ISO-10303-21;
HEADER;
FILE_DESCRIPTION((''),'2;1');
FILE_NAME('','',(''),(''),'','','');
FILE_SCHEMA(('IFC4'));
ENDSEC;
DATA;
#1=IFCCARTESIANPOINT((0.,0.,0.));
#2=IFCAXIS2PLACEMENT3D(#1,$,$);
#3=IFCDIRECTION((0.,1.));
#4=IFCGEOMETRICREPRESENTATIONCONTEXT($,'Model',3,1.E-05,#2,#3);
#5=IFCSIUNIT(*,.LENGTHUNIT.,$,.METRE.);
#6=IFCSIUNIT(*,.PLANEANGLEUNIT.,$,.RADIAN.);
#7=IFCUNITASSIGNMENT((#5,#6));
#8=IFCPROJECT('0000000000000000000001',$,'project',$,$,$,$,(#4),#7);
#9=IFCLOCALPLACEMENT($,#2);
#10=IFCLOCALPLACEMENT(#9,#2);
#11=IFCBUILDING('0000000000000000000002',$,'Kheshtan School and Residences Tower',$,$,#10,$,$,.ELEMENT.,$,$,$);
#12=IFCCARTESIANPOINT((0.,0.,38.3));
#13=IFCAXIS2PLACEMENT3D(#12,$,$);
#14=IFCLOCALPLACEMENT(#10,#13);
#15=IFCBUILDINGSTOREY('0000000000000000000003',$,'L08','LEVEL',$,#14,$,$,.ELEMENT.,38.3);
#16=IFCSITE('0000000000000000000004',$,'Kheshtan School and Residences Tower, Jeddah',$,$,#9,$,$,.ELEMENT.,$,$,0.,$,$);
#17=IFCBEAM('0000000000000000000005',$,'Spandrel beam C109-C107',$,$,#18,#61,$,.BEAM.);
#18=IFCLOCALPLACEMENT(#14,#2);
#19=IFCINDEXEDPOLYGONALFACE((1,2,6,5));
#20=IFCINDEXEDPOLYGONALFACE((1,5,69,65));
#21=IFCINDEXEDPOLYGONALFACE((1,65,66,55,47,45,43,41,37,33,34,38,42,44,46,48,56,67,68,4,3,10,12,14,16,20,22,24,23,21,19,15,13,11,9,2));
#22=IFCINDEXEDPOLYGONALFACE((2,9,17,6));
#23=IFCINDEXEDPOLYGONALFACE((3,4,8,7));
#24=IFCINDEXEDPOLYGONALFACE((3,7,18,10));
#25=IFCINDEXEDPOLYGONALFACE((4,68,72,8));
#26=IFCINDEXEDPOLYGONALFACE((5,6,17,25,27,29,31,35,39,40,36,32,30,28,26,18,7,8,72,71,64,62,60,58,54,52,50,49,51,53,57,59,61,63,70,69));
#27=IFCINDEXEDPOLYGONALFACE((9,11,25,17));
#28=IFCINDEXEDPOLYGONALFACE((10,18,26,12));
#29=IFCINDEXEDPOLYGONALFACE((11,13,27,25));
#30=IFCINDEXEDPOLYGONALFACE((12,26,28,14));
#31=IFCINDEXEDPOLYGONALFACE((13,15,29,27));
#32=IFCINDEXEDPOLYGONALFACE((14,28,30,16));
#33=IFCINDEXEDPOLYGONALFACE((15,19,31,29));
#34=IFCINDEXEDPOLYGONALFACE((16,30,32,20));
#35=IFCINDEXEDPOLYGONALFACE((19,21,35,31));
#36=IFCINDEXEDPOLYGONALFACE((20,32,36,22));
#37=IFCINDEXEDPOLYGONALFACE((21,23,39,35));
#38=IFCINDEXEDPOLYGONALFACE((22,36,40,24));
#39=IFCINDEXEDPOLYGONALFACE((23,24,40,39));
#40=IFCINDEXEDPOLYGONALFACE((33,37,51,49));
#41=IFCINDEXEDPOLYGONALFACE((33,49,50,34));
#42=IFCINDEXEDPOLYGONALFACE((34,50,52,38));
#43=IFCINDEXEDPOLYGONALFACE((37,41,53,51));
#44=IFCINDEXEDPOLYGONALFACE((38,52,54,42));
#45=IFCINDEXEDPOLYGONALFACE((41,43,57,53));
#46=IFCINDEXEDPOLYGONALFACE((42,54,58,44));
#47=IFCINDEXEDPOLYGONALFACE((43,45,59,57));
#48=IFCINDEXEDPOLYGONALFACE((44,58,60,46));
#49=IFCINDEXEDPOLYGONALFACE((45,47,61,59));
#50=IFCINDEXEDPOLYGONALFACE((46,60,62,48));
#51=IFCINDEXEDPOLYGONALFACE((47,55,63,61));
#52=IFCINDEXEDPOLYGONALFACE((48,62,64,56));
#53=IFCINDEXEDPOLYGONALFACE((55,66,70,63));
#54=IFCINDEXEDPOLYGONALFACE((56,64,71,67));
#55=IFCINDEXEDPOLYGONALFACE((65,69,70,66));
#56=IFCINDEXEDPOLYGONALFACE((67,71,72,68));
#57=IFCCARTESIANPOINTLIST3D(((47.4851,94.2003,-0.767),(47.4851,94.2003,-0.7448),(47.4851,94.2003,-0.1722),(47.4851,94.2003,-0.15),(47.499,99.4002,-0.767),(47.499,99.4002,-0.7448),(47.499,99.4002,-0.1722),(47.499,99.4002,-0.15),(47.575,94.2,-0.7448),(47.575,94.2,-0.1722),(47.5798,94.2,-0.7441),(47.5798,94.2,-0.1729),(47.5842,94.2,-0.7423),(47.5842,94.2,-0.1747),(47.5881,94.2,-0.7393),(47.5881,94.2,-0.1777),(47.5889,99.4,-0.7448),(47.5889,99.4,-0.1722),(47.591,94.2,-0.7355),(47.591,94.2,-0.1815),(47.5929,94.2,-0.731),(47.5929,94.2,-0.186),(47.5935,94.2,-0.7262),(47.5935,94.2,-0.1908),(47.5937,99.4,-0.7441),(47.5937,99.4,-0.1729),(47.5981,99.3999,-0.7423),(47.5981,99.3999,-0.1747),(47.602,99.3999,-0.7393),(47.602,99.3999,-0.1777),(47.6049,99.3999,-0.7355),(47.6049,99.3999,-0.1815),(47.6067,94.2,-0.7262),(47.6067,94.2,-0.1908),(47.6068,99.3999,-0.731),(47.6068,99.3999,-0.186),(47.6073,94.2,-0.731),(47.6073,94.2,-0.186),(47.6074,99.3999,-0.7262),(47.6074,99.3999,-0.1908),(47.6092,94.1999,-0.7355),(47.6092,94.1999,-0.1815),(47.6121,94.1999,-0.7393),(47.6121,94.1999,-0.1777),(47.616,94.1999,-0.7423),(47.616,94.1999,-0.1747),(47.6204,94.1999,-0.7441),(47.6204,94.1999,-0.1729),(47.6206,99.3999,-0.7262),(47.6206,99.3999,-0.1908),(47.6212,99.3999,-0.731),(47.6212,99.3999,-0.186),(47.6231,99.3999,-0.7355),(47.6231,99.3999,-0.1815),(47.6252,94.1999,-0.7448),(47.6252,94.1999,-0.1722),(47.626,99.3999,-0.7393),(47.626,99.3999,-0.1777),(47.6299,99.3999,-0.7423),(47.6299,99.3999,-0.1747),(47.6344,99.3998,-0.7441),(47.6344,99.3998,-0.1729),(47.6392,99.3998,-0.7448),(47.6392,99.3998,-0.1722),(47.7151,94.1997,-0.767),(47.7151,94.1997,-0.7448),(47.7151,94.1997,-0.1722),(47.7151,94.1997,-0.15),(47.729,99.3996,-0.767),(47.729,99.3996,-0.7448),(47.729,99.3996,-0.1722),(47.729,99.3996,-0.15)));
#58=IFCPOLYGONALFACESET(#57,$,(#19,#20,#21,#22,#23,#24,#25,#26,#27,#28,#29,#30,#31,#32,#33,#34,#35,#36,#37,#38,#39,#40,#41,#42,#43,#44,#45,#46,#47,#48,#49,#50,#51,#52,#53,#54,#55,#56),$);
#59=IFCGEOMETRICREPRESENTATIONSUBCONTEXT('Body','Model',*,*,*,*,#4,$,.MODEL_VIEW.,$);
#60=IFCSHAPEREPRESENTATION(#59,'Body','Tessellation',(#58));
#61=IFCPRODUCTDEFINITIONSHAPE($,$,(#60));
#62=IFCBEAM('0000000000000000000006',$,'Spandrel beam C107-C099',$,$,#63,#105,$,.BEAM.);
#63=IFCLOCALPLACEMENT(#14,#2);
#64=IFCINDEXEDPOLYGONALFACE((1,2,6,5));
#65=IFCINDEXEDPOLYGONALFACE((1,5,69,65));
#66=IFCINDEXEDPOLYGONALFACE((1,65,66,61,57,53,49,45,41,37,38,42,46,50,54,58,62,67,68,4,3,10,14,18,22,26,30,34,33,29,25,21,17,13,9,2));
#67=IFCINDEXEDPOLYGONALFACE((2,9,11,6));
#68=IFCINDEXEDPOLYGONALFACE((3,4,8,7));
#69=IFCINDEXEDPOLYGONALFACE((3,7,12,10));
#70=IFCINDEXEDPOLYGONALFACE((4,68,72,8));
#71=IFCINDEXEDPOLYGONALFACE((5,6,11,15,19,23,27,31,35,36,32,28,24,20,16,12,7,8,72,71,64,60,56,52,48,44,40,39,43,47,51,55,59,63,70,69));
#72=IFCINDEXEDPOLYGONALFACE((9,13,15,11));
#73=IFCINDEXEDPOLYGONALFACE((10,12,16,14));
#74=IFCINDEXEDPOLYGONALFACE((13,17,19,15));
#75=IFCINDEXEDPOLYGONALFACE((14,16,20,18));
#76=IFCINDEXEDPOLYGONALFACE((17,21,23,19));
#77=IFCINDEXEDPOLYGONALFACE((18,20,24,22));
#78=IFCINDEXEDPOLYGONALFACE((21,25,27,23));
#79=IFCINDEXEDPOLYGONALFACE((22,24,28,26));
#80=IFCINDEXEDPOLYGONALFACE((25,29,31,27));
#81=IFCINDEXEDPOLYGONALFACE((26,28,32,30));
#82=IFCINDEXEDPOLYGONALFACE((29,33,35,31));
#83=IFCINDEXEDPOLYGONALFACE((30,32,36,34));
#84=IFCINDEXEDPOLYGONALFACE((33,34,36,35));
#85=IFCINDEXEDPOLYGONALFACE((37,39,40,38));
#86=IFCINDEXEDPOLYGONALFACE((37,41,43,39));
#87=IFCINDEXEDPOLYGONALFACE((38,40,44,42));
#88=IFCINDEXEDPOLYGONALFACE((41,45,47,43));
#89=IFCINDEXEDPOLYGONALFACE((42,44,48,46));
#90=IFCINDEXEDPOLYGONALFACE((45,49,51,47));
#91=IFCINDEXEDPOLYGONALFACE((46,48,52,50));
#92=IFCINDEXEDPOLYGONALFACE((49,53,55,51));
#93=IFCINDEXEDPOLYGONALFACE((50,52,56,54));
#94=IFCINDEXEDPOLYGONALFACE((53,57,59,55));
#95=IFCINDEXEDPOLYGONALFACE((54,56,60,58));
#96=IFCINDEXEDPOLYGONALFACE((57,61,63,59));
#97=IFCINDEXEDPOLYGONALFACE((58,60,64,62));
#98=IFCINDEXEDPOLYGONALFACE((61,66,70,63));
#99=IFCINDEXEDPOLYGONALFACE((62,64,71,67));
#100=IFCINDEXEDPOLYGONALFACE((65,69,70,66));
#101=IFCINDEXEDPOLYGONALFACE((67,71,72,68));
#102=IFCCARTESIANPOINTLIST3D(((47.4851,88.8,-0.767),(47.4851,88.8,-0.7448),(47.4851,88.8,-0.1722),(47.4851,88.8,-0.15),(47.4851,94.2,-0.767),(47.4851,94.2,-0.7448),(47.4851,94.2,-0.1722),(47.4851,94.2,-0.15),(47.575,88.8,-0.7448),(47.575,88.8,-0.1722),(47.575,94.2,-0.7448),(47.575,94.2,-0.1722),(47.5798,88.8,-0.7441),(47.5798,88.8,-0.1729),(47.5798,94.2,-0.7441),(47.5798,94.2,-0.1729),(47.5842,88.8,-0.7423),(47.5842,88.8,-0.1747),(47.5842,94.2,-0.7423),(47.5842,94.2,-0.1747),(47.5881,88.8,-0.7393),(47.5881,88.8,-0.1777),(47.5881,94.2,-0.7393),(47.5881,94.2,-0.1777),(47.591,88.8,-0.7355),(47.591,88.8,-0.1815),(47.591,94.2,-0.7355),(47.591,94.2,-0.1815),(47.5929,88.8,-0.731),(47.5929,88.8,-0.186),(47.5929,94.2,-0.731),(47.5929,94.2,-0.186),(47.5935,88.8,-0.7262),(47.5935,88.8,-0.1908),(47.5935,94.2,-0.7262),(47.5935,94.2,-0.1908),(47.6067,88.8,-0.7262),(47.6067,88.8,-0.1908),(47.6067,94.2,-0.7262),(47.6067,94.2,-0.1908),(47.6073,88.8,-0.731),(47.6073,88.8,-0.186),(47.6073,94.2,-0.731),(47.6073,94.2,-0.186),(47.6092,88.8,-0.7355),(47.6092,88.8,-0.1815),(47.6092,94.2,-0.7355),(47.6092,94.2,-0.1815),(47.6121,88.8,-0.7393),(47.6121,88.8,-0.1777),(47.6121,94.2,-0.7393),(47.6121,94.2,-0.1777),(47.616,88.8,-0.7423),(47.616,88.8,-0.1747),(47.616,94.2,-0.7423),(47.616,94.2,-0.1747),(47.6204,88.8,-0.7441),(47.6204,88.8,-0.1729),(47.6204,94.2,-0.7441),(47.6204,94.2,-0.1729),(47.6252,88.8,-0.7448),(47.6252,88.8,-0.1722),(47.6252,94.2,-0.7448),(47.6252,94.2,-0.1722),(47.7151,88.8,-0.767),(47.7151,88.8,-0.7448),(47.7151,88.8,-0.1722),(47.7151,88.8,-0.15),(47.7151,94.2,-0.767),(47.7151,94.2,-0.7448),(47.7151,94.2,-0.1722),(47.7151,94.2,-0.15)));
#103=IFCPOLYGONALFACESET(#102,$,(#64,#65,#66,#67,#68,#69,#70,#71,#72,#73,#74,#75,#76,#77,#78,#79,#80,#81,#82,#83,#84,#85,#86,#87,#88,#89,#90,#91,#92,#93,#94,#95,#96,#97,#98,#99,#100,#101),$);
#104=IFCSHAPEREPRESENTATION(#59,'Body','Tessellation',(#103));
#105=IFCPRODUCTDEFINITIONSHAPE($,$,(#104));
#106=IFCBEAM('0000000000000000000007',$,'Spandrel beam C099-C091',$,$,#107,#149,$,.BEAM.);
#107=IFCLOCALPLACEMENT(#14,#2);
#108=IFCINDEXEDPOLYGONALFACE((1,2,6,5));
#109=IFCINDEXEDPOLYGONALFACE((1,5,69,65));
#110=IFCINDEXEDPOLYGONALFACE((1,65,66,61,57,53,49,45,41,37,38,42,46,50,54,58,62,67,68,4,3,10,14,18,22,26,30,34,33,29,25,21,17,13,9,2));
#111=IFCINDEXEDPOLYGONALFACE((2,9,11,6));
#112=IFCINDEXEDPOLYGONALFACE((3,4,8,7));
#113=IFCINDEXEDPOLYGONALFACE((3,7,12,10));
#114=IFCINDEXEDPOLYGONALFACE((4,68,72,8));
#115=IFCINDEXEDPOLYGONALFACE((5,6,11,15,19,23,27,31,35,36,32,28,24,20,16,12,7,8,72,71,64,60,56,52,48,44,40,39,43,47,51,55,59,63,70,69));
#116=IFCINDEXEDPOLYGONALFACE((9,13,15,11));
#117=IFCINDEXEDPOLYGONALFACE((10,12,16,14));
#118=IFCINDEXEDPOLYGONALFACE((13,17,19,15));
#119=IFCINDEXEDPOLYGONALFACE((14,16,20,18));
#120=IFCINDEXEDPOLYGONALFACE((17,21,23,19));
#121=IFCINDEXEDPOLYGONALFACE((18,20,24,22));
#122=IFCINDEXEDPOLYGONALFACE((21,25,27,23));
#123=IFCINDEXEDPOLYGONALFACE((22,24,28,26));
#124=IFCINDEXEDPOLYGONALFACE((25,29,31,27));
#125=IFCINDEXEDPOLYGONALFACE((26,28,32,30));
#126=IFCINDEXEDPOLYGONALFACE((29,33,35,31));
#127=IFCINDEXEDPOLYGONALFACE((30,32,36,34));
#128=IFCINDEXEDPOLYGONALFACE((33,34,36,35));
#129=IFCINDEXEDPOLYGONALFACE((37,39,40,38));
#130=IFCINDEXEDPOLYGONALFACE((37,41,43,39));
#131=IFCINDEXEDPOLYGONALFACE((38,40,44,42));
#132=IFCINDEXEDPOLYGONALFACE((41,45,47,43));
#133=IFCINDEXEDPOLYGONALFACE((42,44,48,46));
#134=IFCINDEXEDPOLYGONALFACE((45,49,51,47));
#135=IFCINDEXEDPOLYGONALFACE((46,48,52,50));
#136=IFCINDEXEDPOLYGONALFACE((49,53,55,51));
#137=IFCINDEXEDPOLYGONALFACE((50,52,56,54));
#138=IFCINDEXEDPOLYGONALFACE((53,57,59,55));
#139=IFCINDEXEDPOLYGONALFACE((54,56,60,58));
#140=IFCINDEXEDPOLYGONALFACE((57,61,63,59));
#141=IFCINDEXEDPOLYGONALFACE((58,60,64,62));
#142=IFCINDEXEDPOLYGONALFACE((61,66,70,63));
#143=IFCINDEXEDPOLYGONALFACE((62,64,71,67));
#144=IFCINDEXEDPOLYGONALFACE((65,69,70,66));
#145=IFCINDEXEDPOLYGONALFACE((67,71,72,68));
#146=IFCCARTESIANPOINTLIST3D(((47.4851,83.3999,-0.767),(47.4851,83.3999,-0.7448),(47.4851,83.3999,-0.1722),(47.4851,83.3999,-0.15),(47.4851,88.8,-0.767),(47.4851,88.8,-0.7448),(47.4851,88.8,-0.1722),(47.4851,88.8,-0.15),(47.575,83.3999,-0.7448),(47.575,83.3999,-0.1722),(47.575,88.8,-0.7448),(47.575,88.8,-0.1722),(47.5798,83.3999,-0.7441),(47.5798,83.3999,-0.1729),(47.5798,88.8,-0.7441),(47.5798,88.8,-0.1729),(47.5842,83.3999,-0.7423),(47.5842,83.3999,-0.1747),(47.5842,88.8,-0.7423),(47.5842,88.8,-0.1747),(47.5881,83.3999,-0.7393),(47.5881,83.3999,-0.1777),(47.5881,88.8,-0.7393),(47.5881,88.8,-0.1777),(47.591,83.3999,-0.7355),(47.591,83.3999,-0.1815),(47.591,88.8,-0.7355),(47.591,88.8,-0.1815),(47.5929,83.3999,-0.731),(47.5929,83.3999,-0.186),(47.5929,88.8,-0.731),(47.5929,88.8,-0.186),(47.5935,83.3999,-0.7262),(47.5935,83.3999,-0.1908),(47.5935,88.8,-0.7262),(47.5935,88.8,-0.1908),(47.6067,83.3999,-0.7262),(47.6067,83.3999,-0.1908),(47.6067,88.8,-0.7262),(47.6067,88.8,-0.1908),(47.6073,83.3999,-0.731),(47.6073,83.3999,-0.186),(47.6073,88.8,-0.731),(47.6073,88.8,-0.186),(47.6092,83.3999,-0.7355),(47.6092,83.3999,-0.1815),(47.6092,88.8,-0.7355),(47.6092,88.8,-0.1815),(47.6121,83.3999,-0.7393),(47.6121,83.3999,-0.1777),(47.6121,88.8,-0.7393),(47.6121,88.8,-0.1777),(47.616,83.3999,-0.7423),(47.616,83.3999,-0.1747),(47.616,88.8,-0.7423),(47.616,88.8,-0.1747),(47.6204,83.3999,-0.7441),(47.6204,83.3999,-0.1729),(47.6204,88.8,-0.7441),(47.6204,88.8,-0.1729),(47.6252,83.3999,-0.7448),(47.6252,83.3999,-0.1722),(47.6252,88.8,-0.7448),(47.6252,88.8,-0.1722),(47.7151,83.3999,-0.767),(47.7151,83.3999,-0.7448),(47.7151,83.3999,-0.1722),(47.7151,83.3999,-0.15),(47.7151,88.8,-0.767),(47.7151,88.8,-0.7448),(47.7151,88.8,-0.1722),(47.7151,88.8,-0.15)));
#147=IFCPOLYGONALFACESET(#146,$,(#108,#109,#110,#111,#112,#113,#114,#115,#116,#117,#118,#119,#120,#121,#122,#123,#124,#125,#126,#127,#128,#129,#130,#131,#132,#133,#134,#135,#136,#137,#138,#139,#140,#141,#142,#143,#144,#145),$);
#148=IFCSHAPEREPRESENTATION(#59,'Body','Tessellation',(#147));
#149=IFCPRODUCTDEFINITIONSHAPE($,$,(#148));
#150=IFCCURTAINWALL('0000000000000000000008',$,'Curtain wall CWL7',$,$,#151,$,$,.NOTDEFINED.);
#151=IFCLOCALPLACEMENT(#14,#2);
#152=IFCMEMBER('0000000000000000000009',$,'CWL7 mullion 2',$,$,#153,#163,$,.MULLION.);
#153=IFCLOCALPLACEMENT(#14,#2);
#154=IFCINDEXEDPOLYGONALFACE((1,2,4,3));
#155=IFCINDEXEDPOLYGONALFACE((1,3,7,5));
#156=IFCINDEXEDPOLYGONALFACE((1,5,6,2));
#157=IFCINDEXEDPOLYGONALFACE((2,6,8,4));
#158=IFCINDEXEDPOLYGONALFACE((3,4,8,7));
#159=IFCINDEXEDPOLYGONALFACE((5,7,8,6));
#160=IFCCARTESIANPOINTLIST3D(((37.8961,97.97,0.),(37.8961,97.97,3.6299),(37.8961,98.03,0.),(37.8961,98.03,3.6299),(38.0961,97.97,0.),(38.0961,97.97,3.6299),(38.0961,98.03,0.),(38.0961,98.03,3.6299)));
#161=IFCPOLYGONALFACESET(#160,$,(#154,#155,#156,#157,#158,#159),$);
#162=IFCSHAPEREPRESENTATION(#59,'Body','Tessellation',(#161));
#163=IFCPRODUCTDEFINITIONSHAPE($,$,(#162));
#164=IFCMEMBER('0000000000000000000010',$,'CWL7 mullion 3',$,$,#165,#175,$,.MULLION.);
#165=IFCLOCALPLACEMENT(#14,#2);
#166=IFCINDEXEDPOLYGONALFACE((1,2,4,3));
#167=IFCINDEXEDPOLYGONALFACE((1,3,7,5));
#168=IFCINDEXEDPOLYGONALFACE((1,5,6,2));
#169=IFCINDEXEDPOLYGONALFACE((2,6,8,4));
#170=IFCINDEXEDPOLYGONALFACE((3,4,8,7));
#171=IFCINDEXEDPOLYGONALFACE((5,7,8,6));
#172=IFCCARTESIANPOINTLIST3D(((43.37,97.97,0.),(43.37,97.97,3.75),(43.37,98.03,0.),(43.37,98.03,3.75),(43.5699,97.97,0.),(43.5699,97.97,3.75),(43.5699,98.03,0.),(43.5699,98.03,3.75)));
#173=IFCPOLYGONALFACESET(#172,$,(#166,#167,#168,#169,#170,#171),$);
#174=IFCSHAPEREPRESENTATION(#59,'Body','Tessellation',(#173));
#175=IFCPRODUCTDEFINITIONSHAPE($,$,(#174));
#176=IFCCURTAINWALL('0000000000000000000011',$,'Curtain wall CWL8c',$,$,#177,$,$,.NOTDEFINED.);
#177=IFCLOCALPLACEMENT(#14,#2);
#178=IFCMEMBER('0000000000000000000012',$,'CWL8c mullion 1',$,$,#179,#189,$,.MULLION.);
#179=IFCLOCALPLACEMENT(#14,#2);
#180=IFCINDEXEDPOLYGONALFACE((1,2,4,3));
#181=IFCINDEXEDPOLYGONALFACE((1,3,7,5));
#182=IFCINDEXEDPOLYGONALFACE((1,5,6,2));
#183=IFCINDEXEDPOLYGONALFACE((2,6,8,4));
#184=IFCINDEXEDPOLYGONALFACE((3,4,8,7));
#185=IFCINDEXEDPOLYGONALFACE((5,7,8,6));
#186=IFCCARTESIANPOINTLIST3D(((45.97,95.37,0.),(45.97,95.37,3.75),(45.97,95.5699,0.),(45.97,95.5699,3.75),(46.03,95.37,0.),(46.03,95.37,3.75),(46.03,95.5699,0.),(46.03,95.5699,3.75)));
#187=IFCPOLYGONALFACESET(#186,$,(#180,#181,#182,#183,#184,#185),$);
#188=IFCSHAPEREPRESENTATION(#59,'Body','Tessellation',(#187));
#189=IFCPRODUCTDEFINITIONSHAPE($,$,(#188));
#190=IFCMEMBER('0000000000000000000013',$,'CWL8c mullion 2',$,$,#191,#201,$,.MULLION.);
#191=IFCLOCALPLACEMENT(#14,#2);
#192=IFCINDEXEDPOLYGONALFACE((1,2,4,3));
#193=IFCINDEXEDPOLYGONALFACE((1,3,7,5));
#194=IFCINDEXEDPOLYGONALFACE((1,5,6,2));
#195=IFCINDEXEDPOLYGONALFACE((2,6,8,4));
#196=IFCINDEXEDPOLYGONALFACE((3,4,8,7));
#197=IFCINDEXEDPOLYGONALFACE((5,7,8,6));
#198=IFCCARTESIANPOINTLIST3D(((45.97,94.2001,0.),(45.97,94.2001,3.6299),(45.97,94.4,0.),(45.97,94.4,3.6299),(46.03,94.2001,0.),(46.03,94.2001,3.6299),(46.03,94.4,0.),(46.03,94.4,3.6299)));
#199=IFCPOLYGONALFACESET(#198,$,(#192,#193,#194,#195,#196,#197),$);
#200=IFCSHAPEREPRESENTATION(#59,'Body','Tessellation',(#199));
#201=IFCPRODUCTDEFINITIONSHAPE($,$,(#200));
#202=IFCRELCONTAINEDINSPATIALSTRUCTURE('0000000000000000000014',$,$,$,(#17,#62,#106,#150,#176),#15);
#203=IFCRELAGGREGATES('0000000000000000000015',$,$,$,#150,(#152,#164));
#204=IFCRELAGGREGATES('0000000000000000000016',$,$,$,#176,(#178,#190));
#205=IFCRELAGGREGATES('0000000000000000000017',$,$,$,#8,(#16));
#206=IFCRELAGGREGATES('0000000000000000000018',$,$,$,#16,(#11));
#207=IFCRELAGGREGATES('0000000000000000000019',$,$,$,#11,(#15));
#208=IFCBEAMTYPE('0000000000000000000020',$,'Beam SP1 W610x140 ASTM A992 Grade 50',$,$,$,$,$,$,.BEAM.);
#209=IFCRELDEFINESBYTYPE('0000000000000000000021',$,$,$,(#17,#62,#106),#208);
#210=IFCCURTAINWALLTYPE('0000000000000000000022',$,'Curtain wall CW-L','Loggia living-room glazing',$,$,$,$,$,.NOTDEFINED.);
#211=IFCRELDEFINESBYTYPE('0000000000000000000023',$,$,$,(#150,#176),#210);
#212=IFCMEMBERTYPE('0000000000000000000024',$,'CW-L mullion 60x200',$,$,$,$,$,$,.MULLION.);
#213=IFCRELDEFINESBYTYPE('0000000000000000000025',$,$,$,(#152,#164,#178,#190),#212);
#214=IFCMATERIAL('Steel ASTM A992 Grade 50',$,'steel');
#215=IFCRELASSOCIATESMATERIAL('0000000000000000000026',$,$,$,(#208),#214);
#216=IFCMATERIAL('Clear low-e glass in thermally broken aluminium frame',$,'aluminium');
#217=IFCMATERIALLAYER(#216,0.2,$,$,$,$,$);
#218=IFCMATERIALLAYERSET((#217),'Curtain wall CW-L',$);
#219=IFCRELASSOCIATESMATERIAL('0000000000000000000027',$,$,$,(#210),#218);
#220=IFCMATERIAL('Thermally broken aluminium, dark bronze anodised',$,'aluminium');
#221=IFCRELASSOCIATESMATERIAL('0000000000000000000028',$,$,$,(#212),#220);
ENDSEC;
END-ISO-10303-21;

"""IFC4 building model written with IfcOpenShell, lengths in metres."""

from ifc_helpers import new_model, si_unit, direction, frame, origin, origin_2d, place, context, subcontext, project, spatial, rectangle, i_section, extrude, material, layer, layer_set, material_profile, profile_set, type_object, element, aggregate, save


model = new_model("IFC4")

# Units and contexts
model_context = context("Model", 3, precision=1e-05, world=origin(), true_north=direction((0.0, 1.0)))
body_context = subcontext(model_context, "Body", "Model", "MODEL_VIEW")
ifc_project = project(units=[si_unit("LENGTHUNIT", "METRE"), si_unit("PLANEANGLEUNIT", "RADIAN")], contexts=[model_context])

# Site, building, storey
site_placement = place(None, origin())
site = spatial("IfcSite", under=ifc_project, at=site_placement, Name="Kheshtan School and Residences Tower, Jeddah", CompositionType="ELEMENT", RefElevation=0.0)
building_placement = place(site_placement, origin())
building = spatial("IfcBuilding", under=site, at=building_placement, Name="Kheshtan School and Residences Tower", CompositionType="ELEMENT")
storey_placement = place(building_placement, frame((0.0, 0.0, 38.3)))
storey = spatial("IfcBuildingStorey", under=building, at=storey_placement, Name="L08", Description="LEVEL", CompositionType="ELEMENT", Elevation=38.3)

# Shared definitions
ifc_material_1 = material(Name="Steel ASTM A992 Grade 50", Category="steel")

# Beams
ifc_material_profile_1 = material_profile(ifc_material_1, i_section(OverallWidth=0.23, OverallDepth=0.6169, WebThickness=0.0132, FlangeThickness=0.0222, FilletRadius=0.0186, at=origin_2d()), Name="W610x140")
ifc_profile_set_1 = profile_set([ifc_material_profile_1], Name="Steel ASTM A992 Grade 50")
beam_type_1 = type_object("IfcBeamType", Name="Beam SP1 W610x140 ASTM A992 Grade 50", PredefinedType="BEAM", material=ifc_profile_set_1)
beam_1_placement = place(storey_placement, frame((47.614, 99.3999, -0.4585), z_axis=(-0.002676, -0.999996, 0.0), x_axis=(0.999996, -0.002676, 0.0)))
element("IfcBeam", 1, at=beam_1_placement, inside=storey, type_object=beam_type_1, Name="Spandrel beam C109-C107", PredefinedType="BEAM", context=body_context, shape_type="SweptSolid", body=[
    extrude(i_section(OverallWidth=0.23, OverallDepth=0.6169, WebThickness=0.0132, FlangeThickness=0.0222, FilletRadius=0.0186, at=origin_2d()), origin(), (0.0, 0.0, 1.0), 5.2),
])
beam_2_placement = place(storey_placement, frame((47.6001, 94.2, -0.4585), z_axis=(0.0, -1.0, 0.0), x_axis=(1.0, 0.0, 0.0)))
element("IfcBeam", 2, at=beam_2_placement, inside=storey, type_object=beam_type_1, Name="Spandrel beam C107-C099", PredefinedType="BEAM", context=body_context, shape_type="SweptSolid", body=[
    extrude(i_section(OverallWidth=0.23, OverallDepth=0.6169, WebThickness=0.0132, FlangeThickness=0.0222, FilletRadius=0.0186, at=origin_2d()), origin(), (0.0, 0.0, 1.0), 5.3999),
])
beam_3_placement = place(storey_placement, frame((47.6001, 88.8, -0.4585), z_axis=(0.0, -1.0, 0.0), x_axis=(1.0, 0.0, 0.0)))
element("IfcBeam", 3, at=beam_3_placement, inside=storey, type_object=beam_type_1, Name="Spandrel beam C099-C091", PredefinedType="BEAM", context=body_context, shape_type="SweptSolid", body=[
    extrude(i_section(OverallWidth=0.23, OverallDepth=0.6169, WebThickness=0.0132, FlangeThickness=0.0222, FilletRadius=0.0186, at=origin_2d()), origin(), (0.0, 0.0, 1.0), 5.4001),
])

# Curtain walls, members
ifc_material_2 = material(Name="Clear low-e glass in thermally broken aluminium frame", Category="aluminium")
ifc_layer_1 = layer(ifc_material_2, 0.2)
ifc_layer_set_1 = layer_set([ifc_layer_1], Name="Curtain wall CW-L")
curtain_wall_type = type_object("IfcCurtainWallType", Name="Curtain wall CW-L", Description="Loggia living-room glazing", PredefinedType="NOTDEFINED", material=ifc_layer_set_1)
curtain_wall_1_placement = place(storey_placement, origin())
curtain_wall_1 = element("IfcCurtainWall", 4, at=curtain_wall_1_placement, inside=storey, type_object=curtain_wall_type, Name="Curtain wall CWL7", PredefinedType="NOTDEFINED")
ifc_material_3 = material(Name="Thermally broken aluminium, dark bronze anodised", Category="aluminium")
ifc_material_profile_2 = material_profile(ifc_material_3, rectangle(XDim=0.0601, YDim=0.2, at=origin_2d()), Name="CW-L mullion 60x200")
ifc_profile_set_2 = profile_set([ifc_material_profile_2], Name="Thermally broken aluminium, dark bronze anodised")
member_type_1 = type_object("IfcMemberType", Name="CW-L mullion 60x200", PredefinedType="MULLION", material=ifc_profile_set_2)
member_1_placement = place(storey_placement, frame((37.9961, 98.0, 0.0), z_axis=(0.0, 0.0, 1.0), x_axis=(0.0, 1.0, 0.0)))
member_1 = element("IfcMember", 5, at=member_1_placement, type_object=member_type_1, Name="CWL7 mullion 2", PredefinedType="MULLION", context=body_context, shape_type="SweptSolid", body=[
    extrude(rectangle(XDim=0.0601, YDim=0.2, at=origin_2d()), origin(), (0.0, 0.0, 1.0), 3.6299),
])
member_2_placement = place(storey_placement, frame((43.47, 98.0, 0.0), z_axis=(0.0, 0.0, 1.0), x_axis=(0.0, 1.0, 0.0)))
member_2 = element("IfcMember", 6, at=member_2_placement, type_object=member_type_1, Name="CWL7 mullion 3", PredefinedType="MULLION", context=body_context, shape_type="SweptSolid", body=[
    extrude(rectangle(XDim=0.0601, YDim=0.2, at=origin_2d()), origin(), (0.0, 0.0, 1.0), 3.75),
])
curtain_wall_2_placement = place(storey_placement, origin())
curtain_wall_2 = element("IfcCurtainWall", 7, at=curtain_wall_2_placement, inside=storey, type_object=curtain_wall_type, Name="Curtain wall CWL8c", PredefinedType="NOTDEFINED")
member_3_placement = place(storey_placement, frame((46.0, 95.47, 0.0), z_axis=(0.0, 0.0, 1.0), x_axis=(1.0, 0.0, 0.0)))
member_3 = element("IfcMember", 8, at=member_3_placement, type_object=member_type_1, Name="CWL8c mullion 1", PredefinedType="MULLION", context=body_context, shape_type="SweptSolid", body=[
    extrude(rectangle(XDim=0.0601, YDim=0.2, at=origin_2d()), origin(), (0.0, 0.0, 1.0), 3.75),
])
member_4_placement = place(storey_placement, frame((46.0, 94.3, 0.0), z_axis=(0.0, 0.0, 1.0), x_axis=(1.0, 0.0, 0.0)))
member_4 = element("IfcMember", 9, at=member_4_placement, type_object=member_type_1, Name="CWL8c mullion 2", PredefinedType="MULLION", context=body_context, shape_type="SweptSolid", body=[
    extrude(rectangle(XDim=0.0601, YDim=0.2, at=origin_2d()), origin(), (0.0, 0.0, 1.0), 3.6299),
])

aggregate(curtain_wall_1, [member_1, member_2])
aggregate(curtain_wall_2, [member_3, member_4])

save(model, "model.ifc")
